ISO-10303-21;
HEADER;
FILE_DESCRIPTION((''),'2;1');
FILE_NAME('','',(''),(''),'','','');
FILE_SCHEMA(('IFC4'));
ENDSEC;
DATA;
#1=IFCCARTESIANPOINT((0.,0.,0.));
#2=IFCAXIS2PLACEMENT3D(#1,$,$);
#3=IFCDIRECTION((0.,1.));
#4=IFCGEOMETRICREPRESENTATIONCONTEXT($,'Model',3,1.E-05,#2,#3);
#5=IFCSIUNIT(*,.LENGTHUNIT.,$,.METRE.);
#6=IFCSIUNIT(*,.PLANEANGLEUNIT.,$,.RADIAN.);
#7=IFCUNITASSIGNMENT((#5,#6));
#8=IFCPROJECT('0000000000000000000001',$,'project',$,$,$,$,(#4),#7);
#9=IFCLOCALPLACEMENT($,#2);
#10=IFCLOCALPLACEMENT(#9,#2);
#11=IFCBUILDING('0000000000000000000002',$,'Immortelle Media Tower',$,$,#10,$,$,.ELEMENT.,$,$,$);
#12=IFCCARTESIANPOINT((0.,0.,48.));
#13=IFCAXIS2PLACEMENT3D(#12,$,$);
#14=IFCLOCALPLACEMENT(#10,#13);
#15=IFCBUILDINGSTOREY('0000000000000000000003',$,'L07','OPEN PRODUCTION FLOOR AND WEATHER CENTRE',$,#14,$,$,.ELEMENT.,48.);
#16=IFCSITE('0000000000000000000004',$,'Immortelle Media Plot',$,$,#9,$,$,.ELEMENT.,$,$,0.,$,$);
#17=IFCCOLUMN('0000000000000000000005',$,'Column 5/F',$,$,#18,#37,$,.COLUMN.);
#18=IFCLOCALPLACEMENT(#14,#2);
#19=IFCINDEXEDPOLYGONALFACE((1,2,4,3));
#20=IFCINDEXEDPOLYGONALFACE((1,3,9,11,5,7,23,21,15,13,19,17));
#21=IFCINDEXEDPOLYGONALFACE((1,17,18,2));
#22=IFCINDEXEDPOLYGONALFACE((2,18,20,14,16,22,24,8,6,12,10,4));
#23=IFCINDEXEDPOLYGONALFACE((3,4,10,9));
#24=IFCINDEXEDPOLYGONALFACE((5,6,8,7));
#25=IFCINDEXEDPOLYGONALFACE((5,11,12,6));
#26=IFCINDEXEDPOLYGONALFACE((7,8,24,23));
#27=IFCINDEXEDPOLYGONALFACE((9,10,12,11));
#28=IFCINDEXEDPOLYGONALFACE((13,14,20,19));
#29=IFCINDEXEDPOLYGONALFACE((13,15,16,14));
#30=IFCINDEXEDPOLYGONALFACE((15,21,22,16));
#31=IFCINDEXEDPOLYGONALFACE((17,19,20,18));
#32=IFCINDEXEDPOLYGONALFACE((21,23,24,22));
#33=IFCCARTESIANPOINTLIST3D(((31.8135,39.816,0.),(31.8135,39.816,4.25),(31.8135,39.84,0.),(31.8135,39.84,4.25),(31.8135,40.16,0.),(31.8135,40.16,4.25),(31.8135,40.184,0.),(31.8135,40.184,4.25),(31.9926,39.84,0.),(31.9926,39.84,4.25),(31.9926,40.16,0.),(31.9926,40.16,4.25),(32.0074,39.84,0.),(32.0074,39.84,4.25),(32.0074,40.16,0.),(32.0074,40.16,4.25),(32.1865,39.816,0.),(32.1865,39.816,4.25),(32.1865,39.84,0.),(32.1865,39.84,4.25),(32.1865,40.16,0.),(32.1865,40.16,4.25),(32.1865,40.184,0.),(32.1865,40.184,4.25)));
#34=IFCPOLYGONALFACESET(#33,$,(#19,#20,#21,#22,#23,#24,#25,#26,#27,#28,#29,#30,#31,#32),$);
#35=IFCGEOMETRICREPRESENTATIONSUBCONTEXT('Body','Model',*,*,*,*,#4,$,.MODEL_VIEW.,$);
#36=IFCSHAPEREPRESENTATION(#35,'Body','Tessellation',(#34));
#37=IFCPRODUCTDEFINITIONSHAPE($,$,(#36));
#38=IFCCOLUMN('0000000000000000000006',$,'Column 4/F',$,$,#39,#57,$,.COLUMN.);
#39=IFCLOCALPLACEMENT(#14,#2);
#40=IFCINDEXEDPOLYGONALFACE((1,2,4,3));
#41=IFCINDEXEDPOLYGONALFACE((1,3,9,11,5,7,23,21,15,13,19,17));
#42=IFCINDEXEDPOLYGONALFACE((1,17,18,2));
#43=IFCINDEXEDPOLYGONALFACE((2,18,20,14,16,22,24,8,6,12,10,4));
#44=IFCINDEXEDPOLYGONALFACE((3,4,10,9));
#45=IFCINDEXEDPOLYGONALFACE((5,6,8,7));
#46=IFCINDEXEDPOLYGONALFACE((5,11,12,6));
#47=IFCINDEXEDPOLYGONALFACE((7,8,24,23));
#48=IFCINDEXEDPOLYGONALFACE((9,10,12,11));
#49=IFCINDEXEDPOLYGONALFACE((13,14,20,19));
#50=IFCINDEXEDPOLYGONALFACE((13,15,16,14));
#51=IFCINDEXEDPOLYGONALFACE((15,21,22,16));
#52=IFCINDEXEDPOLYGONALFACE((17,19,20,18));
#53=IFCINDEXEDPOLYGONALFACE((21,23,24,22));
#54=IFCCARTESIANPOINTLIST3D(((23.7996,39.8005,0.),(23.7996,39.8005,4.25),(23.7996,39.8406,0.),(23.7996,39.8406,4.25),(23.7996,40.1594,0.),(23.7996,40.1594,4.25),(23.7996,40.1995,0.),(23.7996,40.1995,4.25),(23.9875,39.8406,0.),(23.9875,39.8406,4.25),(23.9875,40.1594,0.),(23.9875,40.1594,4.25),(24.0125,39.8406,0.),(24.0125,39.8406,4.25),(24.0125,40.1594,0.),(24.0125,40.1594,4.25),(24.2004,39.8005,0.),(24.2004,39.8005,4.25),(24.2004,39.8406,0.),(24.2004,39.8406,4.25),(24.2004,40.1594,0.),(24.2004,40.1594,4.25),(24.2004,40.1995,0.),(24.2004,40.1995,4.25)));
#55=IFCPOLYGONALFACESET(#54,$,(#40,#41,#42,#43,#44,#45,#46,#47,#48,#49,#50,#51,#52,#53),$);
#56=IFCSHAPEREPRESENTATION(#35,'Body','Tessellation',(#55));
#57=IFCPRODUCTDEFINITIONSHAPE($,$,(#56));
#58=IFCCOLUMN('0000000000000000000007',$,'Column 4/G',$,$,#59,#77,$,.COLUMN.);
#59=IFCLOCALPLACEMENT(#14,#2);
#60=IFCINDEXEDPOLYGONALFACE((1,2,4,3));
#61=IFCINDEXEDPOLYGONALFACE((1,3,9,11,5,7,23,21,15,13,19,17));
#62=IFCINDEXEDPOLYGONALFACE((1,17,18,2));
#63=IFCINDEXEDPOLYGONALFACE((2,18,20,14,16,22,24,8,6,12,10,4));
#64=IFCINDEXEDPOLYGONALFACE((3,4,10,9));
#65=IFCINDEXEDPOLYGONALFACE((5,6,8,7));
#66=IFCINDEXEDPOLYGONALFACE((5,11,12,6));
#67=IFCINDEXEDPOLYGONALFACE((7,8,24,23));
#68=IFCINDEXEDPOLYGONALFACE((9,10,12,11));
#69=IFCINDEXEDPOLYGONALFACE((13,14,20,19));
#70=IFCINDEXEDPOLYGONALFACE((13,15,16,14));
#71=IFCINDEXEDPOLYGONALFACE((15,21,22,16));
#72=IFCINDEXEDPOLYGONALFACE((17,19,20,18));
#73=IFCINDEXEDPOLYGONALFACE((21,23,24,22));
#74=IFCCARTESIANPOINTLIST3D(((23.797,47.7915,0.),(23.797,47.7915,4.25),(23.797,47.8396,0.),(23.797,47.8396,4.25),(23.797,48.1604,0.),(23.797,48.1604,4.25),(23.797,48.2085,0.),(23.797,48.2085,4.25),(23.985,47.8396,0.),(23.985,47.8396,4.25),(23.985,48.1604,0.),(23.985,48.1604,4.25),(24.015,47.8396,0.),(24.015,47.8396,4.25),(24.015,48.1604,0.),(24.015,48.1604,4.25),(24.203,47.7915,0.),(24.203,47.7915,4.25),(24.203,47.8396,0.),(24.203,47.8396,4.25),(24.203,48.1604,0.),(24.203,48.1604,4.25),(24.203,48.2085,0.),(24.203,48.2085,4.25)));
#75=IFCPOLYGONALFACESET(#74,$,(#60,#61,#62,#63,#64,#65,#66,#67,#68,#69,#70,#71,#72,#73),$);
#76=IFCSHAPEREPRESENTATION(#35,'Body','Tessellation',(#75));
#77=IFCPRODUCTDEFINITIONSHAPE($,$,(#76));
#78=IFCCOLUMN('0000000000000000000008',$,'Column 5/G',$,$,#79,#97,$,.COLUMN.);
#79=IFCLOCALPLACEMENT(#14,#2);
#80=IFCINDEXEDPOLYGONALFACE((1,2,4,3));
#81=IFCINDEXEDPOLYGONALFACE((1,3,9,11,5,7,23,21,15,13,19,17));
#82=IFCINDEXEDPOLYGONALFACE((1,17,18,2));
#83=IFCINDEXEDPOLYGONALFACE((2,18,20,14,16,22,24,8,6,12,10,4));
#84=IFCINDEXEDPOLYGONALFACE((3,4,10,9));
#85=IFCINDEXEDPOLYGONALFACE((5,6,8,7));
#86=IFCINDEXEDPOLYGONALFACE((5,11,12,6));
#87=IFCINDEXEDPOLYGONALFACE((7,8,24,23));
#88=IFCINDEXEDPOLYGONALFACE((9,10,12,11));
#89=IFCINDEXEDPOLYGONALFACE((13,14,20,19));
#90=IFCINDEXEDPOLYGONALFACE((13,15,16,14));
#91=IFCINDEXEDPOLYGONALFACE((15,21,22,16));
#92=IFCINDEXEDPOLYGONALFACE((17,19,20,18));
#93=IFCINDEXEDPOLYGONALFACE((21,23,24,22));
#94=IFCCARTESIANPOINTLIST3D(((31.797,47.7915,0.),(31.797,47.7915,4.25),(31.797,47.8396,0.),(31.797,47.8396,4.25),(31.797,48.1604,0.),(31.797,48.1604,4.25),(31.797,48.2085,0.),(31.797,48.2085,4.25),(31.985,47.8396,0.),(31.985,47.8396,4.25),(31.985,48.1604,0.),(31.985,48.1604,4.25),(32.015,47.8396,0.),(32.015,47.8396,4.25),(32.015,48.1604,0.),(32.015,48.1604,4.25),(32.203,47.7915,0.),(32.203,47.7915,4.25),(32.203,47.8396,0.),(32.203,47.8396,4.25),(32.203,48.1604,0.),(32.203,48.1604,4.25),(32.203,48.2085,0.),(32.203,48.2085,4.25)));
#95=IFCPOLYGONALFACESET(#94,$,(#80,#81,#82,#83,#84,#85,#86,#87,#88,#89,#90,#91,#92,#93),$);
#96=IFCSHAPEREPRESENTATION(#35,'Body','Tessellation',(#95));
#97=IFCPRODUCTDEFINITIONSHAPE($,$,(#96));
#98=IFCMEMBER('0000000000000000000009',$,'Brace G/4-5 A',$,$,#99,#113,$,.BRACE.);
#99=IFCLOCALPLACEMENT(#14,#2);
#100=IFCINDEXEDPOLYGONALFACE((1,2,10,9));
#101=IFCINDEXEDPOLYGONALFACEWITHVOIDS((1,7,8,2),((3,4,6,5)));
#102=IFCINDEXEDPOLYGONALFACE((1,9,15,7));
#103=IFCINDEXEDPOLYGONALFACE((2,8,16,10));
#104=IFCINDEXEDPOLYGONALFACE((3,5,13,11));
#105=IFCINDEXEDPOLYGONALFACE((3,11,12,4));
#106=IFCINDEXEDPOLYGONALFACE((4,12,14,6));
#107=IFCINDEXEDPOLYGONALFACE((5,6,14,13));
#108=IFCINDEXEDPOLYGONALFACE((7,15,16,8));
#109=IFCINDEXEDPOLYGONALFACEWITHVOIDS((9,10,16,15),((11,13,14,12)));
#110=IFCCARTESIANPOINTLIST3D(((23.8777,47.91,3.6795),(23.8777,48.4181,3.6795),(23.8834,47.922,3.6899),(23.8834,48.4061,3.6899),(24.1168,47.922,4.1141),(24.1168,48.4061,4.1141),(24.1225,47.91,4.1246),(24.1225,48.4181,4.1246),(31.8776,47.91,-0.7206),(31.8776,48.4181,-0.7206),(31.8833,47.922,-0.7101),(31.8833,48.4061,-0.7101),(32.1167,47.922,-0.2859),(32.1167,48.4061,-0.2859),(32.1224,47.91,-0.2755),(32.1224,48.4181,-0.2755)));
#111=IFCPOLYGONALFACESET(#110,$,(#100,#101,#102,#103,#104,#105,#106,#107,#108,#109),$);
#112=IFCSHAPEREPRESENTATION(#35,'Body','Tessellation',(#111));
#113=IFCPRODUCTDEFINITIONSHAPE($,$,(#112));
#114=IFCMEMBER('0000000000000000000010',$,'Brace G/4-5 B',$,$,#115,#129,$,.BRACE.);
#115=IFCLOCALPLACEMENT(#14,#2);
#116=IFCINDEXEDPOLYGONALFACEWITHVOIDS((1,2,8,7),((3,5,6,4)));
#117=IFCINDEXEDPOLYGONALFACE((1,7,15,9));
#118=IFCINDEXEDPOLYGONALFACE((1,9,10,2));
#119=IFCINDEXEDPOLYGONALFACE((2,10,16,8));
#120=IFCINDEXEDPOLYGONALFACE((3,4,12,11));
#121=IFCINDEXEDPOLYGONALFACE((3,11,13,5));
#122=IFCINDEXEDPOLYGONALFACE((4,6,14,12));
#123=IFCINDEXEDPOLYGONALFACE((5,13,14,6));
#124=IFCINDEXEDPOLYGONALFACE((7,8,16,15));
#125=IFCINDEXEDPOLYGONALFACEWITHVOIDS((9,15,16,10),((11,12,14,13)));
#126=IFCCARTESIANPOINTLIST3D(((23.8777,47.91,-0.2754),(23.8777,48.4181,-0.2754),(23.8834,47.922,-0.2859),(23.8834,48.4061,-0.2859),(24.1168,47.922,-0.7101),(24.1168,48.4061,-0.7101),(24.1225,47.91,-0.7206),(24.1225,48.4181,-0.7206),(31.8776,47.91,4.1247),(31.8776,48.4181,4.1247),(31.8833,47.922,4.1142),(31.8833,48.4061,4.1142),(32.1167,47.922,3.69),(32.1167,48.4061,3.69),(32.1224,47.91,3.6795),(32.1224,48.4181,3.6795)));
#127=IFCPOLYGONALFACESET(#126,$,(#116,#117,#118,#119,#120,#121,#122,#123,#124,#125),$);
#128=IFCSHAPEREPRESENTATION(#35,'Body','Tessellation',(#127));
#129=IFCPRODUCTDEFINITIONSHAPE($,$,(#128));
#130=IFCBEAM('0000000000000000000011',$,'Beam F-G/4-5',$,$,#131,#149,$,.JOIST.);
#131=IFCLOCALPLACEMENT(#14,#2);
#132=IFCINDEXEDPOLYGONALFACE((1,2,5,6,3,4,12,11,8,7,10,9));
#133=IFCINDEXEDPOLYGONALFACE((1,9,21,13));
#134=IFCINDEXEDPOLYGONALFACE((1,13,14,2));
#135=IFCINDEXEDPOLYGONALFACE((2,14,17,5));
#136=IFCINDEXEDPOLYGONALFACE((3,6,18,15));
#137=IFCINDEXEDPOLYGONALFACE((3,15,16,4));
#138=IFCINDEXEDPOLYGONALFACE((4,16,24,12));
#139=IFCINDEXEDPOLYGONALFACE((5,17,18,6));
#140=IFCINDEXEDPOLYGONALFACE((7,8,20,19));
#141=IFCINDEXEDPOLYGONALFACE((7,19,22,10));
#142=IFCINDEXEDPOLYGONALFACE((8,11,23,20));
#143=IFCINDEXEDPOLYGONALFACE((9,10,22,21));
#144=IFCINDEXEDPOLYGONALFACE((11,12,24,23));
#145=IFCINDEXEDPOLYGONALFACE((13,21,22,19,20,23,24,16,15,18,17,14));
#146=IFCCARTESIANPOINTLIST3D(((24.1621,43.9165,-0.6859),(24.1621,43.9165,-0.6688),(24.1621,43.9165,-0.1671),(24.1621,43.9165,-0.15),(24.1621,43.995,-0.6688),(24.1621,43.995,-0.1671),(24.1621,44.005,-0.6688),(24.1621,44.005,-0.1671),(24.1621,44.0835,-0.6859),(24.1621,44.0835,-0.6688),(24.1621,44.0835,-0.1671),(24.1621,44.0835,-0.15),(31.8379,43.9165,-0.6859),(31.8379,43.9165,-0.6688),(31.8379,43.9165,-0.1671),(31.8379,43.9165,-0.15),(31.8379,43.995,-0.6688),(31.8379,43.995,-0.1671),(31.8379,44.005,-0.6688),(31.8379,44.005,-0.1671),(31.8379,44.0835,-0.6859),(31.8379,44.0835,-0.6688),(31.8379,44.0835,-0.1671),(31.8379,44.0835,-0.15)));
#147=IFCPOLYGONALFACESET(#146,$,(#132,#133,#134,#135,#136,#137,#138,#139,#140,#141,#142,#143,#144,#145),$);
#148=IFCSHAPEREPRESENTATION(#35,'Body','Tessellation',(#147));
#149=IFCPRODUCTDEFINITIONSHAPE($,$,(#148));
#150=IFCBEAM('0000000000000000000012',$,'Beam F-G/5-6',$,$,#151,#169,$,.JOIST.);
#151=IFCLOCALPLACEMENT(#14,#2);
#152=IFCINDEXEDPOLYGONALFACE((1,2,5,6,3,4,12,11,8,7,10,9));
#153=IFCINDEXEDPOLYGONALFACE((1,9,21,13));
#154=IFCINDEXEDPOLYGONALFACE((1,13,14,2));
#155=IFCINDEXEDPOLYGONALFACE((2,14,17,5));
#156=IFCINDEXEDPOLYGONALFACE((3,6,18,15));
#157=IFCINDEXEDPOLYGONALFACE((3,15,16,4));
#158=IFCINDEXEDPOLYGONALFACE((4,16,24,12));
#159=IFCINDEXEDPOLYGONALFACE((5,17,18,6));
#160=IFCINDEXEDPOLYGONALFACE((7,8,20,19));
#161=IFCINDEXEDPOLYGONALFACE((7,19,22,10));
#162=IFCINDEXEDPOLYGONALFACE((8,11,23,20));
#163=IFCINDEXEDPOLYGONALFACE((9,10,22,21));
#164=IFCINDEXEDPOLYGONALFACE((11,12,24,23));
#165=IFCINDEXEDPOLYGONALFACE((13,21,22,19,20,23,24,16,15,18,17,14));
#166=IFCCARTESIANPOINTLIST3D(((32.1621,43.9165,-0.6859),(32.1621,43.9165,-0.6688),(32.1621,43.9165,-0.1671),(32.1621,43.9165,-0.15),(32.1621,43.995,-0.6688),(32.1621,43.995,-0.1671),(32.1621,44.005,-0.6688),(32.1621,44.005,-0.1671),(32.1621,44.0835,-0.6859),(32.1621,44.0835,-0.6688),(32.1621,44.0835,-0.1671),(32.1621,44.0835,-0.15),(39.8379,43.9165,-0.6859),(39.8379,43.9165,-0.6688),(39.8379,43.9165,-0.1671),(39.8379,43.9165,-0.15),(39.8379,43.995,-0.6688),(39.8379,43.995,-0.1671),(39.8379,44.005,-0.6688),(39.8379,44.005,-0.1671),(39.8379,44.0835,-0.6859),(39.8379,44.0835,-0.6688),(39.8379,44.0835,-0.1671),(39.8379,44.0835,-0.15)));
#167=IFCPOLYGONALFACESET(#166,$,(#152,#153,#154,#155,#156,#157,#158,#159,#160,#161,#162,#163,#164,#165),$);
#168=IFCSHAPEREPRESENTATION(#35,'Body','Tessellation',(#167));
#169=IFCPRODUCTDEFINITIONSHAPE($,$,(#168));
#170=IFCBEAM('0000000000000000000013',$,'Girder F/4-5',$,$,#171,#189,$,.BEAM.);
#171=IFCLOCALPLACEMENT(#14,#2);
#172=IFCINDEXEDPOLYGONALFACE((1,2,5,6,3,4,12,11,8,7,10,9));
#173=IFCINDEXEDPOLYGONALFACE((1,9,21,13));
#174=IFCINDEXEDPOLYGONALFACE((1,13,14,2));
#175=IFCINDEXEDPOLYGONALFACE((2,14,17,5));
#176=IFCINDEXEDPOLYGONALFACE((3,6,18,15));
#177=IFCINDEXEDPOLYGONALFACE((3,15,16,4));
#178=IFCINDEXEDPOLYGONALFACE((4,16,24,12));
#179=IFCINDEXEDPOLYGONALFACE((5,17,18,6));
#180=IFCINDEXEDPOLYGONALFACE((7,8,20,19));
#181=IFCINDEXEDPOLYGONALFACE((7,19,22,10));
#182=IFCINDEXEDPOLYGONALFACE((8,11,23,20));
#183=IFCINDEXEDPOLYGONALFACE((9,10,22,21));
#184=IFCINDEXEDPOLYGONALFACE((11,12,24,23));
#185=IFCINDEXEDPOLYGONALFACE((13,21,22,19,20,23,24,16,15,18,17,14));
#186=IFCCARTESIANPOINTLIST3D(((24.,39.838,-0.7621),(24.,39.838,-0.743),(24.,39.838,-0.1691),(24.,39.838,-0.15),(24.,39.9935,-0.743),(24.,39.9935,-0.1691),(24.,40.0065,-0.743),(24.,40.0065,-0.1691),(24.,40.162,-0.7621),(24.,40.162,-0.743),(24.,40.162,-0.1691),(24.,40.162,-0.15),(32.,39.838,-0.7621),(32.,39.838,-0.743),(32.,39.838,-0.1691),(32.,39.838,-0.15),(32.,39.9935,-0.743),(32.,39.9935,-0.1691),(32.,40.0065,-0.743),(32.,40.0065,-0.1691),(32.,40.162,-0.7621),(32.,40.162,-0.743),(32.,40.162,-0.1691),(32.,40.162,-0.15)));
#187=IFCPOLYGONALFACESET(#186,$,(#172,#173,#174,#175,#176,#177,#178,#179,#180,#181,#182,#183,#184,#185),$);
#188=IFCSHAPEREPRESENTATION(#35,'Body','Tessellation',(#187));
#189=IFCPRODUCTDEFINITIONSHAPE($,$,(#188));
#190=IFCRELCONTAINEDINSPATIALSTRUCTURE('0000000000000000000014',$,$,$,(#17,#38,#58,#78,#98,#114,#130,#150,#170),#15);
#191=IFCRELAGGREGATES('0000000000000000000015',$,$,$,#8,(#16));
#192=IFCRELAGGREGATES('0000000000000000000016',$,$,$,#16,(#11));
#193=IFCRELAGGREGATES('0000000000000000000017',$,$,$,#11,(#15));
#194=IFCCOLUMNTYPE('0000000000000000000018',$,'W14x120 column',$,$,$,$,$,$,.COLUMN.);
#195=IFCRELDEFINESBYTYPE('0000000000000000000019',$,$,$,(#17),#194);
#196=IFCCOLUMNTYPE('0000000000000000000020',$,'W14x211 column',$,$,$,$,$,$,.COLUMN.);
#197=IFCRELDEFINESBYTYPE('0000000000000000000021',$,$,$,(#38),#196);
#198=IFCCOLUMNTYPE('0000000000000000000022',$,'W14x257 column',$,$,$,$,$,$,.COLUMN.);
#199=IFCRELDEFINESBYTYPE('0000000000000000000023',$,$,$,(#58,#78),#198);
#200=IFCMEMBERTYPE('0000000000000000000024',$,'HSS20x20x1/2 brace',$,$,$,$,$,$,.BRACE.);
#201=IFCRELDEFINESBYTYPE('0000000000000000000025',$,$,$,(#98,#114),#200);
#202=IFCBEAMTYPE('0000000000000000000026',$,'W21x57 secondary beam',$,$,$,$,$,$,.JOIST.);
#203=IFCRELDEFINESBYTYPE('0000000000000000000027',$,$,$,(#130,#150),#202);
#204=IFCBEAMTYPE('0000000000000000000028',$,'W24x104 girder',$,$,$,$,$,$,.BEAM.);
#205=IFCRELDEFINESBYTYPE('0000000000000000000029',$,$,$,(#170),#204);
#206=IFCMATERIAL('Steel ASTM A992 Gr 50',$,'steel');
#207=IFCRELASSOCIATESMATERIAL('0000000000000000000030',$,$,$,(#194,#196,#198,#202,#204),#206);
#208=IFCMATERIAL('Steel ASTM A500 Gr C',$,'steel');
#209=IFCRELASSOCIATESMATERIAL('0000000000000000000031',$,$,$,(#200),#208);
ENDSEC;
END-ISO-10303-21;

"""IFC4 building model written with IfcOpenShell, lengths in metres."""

from ifc_helpers import new_model, si_unit, direction, frame, origin, origin_2d, place, context, subcontext, project, spatial, hollow_rectangle, i_section, extrude, material, material_profile, profile_set, type_object, element, save


model = new_model("IFC4")

# Units and contexts
model_context = context("Model", 3, precision=1e-05, world=origin(), true_north=direction((0.0, 1.0)))
body_context = subcontext(model_context, "Body", "Model", "MODEL_VIEW")
ifc_project = project(units=[si_unit("LENGTHUNIT", "METRE"), si_unit("PLANEANGLEUNIT", "RADIAN")], contexts=[model_context])

# Site, building, storey
site_placement = place(None, origin())
site = spatial("IfcSite", under=ifc_project, at=site_placement, Name="Immortelle Media Plot", CompositionType="ELEMENT", RefElevation=0.0)
building_placement = place(site_placement, origin())
building = spatial("IfcBuilding", under=site, at=building_placement, Name="Immortelle Media Tower", CompositionType="ELEMENT")
storey_placement = place(building_placement, frame((0.0, 0.0, 48.0)))
storey = spatial("IfcBuildingStorey", under=building, at=storey_placement, Name="L07", Description="OPEN PRODUCTION FLOOR AND WEATHER CENTRE", CompositionType="ELEMENT", Elevation=48.0)

# Columns
ifc_material_1 = material(Name="Steel ASTM A992 Gr 50", Category="steel")
ifc_material_profile_1 = material_profile(ifc_material_1, i_section(OverallWidth=0.373, OverallDepth=0.3679, WebThickness=0.0149, FlangeThickness=0.0239, at=origin_2d()), Name="W14x120")
ifc_profile_set_1 = profile_set([ifc_material_profile_1], Name="Steel ASTM A992 Gr 50")
column_type_1 = type_object("IfcColumnType", Name="W14x120 column", PredefinedType="COLUMN", material=ifc_profile_set_1)
column_1_placement = place(storey_placement, frame((32.0, 40.0, 0.0), z_axis=(0.0, 0.0, 1.0), x_axis=(1.0, 0.0, 0.0)))
element("IfcColumn", 1, at=column_1_placement, inside=storey, type_object=column_type_1, Name="Column 5/F", PredefinedType="COLUMN", context=body_context, shape_type="SweptSolid", body=[
    extrude(i_section(OverallWidth=0.373, OverallDepth=0.3679, WebThickness=0.0149, FlangeThickness=0.0239, at=origin_2d()), origin(), (0.0, 0.0, 1.0), 4.25),
])
ifc_material_profile_2 = material_profile(ifc_material_1, i_section(OverallWidth=0.4009, OverallDepth=0.3989, WebThickness=0.0249, FlangeThickness=0.04, at=origin_2d()), Name="W14x211")
ifc_profile_set_2 = profile_set([ifc_material_profile_2], Name="Steel ASTM A992 Gr 50")
column_type_2 = type_object("IfcColumnType", Name="W14x211 column", PredefinedType="COLUMN", material=ifc_profile_set_2)
column_2_placement = place(storey_placement, frame((24.0, 40.0, 0.0), z_axis=(0.0, 0.0, 1.0), x_axis=(1.0, 0.0, 0.0)))
element("IfcColumn", 2, at=column_2_placement, inside=storey, type_object=column_type_2, Name="Column 4/F", PredefinedType="COLUMN", context=body_context, shape_type="SweptSolid", body=[
    extrude(i_section(OverallWidth=0.4009, OverallDepth=0.3989, WebThickness=0.0249, FlangeThickness=0.04, at=origin_2d()), origin(), (0.0, 0.0, 1.0), 4.25),
])
ifc_material_profile_3 = material_profile(ifc_material_1, i_section(OverallWidth=0.406, OverallDepth=0.417, WebThickness=0.03, FlangeThickness=0.0481, at=origin_2d()), Name="W14x257")
ifc_profile_set_3 = profile_set([ifc_material_profile_3], Name="Steel ASTM A992 Gr 50")
column_type_3 = type_object("IfcColumnType", Name="W14x257 column", PredefinedType="COLUMN", material=ifc_profile_set_3)
for number, where, z_axis, x_axis, name in (
    (3, (24.0, 48.0, 0.0), (0.0, 0.0, 1.0), (1.0, 0.0, 0.0), "Column 4/G"),
    (4, (32.0, 48.0, 0.0), (0.0, 0.0, 1.0), (1.0, 0.0, 0.0), "Column 5/G"),
):
    element("IfcColumn", number, at=place(storey_placement, frame(where, z_axis=z_axis, x_axis=x_axis)), inside=storey, type_object=column_type_3, Name=name, PredefinedType="COLUMN", context=body_context, shape_type="SweptSolid", body=[
        extrude(i_section(OverallWidth=0.406, OverallDepth=0.417, WebThickness=0.03, FlangeThickness=0.0481, at=origin_2d()), origin(), (0.0, 0.0, 1.0), 4.25),
    ])

# Members
ifc_material_2 = material(Name="Steel ASTM A500 Gr C", Category="steel")
ifc_material_profile_4 = material_profile(ifc_material_2, hollow_rectangle(XDim=0.5081, YDim=0.5081, WallThickness=0.012, at=origin_2d()), Name="HSS20x20x1/2 brace")
ifc_profile_set_4 = profile_set([ifc_material_profile_4], Name="Steel ASTM A500 Gr C")
member_type = type_object("IfcMemberType", Name="HSS20x20x1/2 brace", PredefinedType="BRACE", material=ifc_profile_set_4)
for number, where, z_axis, x_axis, name in (
    (5, (32.0, 48.1641, -0.498), (-0.876209, 0.0, 0.481931), (0.0, -1.0, 0.0), "Brace G/4-5 A"),
    (6, (32.0, 48.1641, 3.9021), (-0.876209, 0.0, -0.481931), (0.0, -1.0, 0.0), "Brace G/4-5 B"),
):
    element("IfcMember", number, at=place(storey_placement, frame(where, z_axis=z_axis, x_axis=x_axis)), inside=storey, type_object=member_type, Name=name, PredefinedType="BRACE", context=body_context, shape_type="SweptSolid", body=[
        extrude(hollow_rectangle(XDim=0.5081, YDim=0.5081, WallThickness=0.012, at=origin_2d()), origin(), (0.0, 0.0, 1.0), 9.1301),
    ])

# Beams
ifc_material_profile_5 = material_profile(ifc_material_1, i_section(OverallWidth=0.167, OverallDepth=0.5359, WebThickness=0.01, FlangeThickness=0.0171, at=origin_2d()), Name="W21x57")
ifc_profile_set_5 = profile_set([ifc_material_profile_5], Name="Steel ASTM A992 Gr 50")
beam_type_1 = type_object("IfcBeamType", Name="W21x57 secondary beam", PredefinedType="JOIST", material=ifc_profile_set_5)
for number, where, z_axis, x_axis, name in (
    (7, (24.1621, 44.0, -0.418), (1.0, 0.0, 0.0), (0.0, 1.0, 0.0), "Beam F-G/4-5"),
    (8, (32.1621, 44.0, -0.418), (1.0, 0.0, 0.0), (0.0, 1.0, 0.0), "Beam F-G/5-6"),
):
    element("IfcBeam", number, at=place(storey_placement, frame(where, z_axis=z_axis, x_axis=x_axis)), inside=storey, type_object=beam_type_1, Name=name, PredefinedType="JOIST", context=body_context, shape_type="SweptSolid", body=[
        extrude(i_section(OverallWidth=0.167, OverallDepth=0.5359, WebThickness=0.01, FlangeThickness=0.0171, at=origin_2d()), origin(), (0.0, 0.0, 1.0), 7.6758),
    ])
ifc_material_profile_6 = material_profile(ifc_material_1, i_section(OverallWidth=0.324, OverallDepth=0.6121, WebThickness=0.0129, FlangeThickness=0.019, at=origin_2d()), Name="W24x104")
ifc_profile_set_6 = profile_set([ifc_material_profile_6], Name="Steel ASTM A992 Gr 50")
beam_type_2 = type_object("IfcBeamType", Name="W24x104 girder", PredefinedType="BEAM", material=ifc_profile_set_6)
for number, where, z_axis, x_axis, name in (
    (9, (24.0, 40.0, -0.4561), (1.0, 0.0, 0.0), (0.0, 1.0, 0.0), "Girder F/4-5"),
):
    element("IfcBeam", number, at=place(storey_placement, frame(where, z_axis=z_axis, x_axis=x_axis)), inside=storey, type_object=beam_type_2, Name=name, PredefinedType="BEAM", context=body_context, shape_type="SweptSolid", body=[
        extrude(i_section(OverallWidth=0.324, OverallDepth=0.6121, WebThickness=0.0129, FlangeThickness=0.019, at=origin_2d()), origin(), (0.0, 0.0, 1.0), 8.0),
    ])

save(model, "model.ifc")
